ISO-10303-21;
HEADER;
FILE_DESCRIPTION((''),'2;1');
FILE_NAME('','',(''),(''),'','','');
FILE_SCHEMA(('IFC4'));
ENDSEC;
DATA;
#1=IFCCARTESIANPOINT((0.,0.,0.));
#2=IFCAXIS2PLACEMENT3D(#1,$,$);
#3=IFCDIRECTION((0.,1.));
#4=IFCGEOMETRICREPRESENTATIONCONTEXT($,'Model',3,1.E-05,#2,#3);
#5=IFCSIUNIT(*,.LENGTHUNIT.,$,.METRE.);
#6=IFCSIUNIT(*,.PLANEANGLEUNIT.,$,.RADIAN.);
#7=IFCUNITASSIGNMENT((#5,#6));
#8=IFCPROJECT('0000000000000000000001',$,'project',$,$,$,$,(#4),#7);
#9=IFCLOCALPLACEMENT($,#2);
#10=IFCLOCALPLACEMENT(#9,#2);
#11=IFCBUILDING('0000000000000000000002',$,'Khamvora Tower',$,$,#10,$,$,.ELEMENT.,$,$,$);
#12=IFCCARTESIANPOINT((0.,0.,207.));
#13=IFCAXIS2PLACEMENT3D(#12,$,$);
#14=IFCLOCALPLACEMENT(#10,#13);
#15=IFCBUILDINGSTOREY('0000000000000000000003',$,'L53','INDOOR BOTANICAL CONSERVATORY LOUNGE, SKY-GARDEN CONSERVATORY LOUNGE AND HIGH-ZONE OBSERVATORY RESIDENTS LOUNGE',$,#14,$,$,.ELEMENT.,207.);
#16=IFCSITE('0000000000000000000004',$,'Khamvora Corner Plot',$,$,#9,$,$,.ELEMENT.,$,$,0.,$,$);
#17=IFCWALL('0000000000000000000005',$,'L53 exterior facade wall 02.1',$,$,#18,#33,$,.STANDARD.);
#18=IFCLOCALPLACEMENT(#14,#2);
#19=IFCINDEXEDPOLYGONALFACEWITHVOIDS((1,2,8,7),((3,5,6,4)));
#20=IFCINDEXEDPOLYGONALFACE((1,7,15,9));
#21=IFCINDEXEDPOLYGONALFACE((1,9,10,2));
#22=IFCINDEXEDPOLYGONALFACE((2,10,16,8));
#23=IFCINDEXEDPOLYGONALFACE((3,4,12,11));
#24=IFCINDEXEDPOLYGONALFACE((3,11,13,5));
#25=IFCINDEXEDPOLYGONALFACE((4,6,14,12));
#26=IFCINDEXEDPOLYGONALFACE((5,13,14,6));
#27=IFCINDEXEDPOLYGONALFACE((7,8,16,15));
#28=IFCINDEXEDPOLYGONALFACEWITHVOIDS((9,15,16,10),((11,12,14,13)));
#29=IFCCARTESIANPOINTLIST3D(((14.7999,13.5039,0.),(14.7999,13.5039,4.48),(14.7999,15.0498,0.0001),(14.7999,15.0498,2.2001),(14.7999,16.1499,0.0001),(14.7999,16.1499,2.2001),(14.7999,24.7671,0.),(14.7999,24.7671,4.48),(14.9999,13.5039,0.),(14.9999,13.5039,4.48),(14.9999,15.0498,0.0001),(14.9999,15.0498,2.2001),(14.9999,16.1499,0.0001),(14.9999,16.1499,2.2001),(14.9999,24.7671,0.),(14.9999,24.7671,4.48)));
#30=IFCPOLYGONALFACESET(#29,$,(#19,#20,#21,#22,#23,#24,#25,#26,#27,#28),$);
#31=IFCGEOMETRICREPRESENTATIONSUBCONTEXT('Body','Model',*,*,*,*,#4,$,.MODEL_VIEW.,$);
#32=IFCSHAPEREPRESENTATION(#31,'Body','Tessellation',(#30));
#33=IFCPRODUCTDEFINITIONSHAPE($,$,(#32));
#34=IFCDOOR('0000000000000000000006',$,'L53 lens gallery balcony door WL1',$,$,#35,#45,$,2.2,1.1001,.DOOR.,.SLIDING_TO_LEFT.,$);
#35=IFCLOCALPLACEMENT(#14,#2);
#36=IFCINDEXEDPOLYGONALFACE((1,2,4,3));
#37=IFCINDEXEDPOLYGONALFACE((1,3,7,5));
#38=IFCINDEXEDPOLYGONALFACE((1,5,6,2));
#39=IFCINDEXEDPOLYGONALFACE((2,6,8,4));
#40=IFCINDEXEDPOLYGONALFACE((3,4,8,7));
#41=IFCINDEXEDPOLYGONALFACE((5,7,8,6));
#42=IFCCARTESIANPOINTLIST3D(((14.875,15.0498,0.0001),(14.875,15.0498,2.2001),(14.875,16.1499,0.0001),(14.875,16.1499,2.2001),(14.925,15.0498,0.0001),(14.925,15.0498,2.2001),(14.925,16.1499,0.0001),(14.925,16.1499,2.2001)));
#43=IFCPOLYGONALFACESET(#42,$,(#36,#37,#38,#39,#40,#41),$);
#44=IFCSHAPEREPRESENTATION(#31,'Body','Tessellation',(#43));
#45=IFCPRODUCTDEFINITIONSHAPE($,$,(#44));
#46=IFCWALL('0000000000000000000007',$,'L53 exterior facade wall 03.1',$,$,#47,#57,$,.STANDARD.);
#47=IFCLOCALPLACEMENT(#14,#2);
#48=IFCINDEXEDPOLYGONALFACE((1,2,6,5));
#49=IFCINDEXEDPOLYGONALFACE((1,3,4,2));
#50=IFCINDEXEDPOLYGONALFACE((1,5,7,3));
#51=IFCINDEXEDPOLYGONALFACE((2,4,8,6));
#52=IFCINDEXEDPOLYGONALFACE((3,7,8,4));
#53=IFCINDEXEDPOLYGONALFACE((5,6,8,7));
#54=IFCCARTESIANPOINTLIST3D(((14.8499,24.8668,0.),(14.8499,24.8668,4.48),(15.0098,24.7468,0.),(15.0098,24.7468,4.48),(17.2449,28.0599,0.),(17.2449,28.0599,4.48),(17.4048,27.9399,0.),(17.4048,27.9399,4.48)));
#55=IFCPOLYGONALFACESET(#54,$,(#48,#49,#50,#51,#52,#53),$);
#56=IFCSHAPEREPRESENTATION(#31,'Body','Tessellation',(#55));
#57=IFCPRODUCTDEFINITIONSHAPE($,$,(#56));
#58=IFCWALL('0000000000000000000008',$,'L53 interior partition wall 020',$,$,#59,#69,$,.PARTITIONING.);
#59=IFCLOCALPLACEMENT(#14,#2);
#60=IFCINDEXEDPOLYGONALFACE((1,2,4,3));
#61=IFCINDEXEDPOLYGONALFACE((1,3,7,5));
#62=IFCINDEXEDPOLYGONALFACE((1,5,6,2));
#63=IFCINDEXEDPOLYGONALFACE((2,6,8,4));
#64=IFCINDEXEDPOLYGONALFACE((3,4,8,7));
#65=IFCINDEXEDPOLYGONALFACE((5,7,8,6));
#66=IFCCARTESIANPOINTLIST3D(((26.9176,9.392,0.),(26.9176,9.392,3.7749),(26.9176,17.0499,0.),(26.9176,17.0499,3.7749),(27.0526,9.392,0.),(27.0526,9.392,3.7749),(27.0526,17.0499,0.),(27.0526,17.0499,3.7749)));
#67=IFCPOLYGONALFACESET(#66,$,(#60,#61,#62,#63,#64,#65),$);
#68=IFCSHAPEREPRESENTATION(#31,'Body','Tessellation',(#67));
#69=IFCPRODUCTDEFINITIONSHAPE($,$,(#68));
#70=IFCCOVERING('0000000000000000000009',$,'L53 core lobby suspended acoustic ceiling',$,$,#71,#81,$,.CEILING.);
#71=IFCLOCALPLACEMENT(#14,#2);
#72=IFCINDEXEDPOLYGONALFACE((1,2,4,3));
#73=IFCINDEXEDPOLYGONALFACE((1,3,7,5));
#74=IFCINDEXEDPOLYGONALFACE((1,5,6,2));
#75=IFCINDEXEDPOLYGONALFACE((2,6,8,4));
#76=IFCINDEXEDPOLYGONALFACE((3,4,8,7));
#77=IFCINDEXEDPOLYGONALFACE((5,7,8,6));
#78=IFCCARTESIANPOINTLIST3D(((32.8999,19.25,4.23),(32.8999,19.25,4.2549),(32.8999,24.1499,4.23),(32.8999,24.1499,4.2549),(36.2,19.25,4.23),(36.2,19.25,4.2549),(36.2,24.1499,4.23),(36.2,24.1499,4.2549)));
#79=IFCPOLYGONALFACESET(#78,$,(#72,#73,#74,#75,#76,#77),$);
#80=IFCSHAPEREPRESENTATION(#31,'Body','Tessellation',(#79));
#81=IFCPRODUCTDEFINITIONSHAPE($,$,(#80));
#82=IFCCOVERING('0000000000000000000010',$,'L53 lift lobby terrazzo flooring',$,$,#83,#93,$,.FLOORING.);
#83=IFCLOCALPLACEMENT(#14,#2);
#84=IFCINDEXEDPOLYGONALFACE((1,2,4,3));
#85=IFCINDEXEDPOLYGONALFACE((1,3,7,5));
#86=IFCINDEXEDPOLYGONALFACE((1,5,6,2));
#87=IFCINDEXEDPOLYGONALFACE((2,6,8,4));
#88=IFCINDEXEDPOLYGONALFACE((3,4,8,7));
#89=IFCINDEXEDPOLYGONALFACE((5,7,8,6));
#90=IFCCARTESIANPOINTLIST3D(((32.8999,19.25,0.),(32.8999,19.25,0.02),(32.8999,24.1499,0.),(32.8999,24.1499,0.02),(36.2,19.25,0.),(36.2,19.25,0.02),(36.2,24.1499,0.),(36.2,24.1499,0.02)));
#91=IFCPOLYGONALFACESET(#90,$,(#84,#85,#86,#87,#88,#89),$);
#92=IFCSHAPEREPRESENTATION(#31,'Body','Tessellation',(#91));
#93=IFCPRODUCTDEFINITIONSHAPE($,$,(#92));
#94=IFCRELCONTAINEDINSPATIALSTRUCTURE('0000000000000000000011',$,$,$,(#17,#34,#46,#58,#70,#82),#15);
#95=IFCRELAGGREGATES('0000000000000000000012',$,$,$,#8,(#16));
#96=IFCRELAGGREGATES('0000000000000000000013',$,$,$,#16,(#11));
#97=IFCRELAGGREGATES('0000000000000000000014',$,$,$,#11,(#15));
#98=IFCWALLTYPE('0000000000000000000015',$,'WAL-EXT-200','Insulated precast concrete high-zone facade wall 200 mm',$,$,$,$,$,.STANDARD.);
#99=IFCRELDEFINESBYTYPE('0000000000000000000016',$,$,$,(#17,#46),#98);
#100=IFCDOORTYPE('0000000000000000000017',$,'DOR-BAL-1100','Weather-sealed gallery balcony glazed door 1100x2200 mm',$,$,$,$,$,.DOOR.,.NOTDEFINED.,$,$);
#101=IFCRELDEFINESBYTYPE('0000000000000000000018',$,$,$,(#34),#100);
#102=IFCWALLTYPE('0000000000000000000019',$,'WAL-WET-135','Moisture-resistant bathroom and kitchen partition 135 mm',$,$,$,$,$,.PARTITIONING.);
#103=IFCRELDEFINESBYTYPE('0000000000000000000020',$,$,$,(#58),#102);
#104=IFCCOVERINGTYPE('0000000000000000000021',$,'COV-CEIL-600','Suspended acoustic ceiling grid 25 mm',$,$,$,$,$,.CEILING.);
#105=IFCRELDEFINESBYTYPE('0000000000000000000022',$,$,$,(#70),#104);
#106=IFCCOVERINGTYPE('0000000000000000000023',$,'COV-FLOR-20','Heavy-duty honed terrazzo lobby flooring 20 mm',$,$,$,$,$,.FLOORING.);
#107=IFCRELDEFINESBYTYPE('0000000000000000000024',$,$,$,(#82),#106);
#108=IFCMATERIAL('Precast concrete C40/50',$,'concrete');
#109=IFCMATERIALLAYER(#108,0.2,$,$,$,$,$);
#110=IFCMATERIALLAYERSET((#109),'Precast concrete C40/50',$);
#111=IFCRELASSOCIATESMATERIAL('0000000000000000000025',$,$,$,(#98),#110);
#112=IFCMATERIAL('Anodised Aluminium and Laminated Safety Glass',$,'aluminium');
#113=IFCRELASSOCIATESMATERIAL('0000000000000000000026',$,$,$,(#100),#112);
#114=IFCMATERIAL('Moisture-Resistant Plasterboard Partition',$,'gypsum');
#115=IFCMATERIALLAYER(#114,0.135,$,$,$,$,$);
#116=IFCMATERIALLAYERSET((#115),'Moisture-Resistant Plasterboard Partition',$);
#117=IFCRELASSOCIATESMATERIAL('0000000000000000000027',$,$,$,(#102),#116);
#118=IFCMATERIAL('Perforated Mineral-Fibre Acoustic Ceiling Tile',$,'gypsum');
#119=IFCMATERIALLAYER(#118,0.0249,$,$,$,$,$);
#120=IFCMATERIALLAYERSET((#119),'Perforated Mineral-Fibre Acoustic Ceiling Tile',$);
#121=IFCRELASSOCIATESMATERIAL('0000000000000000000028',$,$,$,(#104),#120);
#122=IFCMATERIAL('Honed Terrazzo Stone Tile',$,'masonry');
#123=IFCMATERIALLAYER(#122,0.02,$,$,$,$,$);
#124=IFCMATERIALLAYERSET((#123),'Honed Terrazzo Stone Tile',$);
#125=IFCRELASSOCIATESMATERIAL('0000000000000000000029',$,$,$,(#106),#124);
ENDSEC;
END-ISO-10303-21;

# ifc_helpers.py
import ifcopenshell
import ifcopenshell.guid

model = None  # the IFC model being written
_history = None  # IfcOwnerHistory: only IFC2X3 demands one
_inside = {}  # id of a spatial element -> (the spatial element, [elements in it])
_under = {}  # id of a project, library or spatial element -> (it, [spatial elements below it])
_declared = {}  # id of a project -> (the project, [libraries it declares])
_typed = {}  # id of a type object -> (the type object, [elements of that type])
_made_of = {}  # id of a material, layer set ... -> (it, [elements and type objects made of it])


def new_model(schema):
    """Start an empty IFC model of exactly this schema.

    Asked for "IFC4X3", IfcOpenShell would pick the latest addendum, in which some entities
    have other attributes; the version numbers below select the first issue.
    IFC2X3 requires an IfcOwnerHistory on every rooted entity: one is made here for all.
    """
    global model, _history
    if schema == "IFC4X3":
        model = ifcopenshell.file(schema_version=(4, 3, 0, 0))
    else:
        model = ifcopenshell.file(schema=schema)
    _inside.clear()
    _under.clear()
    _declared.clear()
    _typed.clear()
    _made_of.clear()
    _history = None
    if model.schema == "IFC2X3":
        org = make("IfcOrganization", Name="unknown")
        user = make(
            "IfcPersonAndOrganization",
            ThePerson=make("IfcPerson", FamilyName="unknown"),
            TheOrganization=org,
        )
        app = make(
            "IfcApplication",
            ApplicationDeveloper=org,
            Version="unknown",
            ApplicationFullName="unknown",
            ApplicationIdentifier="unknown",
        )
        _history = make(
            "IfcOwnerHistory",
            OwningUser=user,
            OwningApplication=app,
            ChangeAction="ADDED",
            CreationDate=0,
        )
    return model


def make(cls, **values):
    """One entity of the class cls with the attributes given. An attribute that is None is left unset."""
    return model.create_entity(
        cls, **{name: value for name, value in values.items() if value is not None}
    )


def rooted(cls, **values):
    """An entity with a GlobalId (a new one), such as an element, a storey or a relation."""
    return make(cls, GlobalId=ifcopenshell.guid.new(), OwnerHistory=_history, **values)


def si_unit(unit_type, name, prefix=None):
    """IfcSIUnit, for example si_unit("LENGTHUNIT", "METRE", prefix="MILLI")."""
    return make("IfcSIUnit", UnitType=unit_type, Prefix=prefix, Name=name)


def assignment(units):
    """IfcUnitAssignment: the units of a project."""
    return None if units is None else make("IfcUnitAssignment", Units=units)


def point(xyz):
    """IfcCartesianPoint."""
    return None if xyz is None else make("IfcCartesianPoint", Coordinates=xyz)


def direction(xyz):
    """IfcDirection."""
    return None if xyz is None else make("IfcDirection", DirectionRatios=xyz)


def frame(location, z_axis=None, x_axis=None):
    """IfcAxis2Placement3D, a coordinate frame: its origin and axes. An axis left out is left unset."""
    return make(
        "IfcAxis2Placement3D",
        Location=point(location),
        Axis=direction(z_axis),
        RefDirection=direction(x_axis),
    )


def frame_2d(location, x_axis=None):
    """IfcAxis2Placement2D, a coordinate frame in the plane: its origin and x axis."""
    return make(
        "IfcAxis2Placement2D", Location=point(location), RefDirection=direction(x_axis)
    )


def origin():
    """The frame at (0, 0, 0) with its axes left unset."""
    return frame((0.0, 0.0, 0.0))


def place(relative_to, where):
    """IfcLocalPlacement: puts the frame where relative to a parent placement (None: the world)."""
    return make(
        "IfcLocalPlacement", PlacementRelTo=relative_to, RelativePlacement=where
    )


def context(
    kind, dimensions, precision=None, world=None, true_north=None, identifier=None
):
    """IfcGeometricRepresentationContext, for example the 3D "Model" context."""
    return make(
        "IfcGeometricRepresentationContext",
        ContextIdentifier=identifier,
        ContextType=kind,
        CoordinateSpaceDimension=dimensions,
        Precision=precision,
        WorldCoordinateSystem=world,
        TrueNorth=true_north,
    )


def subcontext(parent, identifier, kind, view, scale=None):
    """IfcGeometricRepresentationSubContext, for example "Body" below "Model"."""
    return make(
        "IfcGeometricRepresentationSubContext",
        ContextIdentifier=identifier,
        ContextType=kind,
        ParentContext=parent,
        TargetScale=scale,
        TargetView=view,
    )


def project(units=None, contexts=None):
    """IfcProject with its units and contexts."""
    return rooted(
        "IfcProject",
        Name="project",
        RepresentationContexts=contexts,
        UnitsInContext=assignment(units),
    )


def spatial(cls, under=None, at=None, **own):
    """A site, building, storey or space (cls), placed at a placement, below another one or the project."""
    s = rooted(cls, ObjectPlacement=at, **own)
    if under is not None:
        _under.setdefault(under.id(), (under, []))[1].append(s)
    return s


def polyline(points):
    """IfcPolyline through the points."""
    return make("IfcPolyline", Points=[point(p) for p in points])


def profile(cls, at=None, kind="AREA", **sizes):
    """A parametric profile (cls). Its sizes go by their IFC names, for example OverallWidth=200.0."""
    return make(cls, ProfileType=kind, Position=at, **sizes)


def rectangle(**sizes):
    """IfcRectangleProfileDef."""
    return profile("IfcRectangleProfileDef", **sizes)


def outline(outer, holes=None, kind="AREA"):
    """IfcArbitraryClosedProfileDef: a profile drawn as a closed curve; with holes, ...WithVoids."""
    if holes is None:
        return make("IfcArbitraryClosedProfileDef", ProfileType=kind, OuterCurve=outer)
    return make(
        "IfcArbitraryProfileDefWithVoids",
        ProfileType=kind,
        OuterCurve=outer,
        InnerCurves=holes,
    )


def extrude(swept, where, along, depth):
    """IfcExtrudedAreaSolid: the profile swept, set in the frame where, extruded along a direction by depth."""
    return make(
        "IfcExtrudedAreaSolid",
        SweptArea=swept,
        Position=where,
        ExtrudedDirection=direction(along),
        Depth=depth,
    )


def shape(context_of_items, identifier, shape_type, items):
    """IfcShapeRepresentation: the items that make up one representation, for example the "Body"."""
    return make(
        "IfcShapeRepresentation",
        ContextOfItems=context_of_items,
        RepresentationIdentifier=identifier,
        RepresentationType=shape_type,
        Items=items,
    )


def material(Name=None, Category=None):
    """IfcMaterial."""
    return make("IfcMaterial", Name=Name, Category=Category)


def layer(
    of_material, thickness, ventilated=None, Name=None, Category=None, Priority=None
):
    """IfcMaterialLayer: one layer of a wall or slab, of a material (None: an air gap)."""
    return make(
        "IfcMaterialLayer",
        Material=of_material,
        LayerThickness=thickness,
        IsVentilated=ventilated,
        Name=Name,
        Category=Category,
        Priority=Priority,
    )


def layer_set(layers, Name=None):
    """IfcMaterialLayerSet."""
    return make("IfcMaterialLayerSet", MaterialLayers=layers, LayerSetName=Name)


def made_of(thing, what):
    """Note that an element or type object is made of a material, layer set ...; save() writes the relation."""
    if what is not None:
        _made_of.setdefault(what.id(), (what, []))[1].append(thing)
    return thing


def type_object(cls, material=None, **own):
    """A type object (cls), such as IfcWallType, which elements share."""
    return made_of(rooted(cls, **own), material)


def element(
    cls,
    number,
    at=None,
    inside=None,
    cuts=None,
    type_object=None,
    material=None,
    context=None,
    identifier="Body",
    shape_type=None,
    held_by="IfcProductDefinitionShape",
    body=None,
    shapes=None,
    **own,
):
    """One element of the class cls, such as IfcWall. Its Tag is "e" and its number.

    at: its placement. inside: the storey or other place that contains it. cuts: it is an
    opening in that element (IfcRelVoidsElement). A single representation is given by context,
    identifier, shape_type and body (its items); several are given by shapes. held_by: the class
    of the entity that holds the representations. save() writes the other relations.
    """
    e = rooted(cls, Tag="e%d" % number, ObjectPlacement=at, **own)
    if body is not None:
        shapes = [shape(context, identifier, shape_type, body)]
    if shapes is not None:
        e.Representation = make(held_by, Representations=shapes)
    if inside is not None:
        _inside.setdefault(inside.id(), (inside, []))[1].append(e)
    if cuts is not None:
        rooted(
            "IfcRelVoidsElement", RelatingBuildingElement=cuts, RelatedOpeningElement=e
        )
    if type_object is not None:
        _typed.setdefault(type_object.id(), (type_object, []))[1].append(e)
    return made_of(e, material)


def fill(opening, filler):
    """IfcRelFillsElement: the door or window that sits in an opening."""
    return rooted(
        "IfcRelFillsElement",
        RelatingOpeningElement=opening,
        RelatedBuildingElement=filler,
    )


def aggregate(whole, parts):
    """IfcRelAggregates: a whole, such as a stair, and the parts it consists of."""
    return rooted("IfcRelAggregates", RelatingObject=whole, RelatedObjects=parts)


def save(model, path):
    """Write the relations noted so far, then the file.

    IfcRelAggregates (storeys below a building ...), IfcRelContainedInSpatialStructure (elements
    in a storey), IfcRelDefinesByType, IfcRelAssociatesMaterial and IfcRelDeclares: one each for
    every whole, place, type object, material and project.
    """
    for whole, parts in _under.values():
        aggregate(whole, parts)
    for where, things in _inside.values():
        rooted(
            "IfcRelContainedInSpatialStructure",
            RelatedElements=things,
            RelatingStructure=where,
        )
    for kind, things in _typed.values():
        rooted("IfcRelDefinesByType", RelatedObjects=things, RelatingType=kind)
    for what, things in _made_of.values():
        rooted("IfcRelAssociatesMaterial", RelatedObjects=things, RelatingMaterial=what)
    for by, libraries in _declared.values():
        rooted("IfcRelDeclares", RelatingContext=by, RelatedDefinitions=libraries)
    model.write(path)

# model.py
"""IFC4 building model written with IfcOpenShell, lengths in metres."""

from ifc_helpers import new_model, si_unit, direction, frame, frame_2d, origin, place, context, subcontext, project, spatial, polyline, rectangle, outline, extrude, material, layer, layer_set, type_object, element, fill, save


model = new_model("IFC4")

# Units and contexts
model_context = context("Model", 3, precision=1e-05, world=origin(), true_north=direction((0.0, 1.0)))
body_context = subcontext(model_context, "Body", "Model", "MODEL_VIEW")
ifc_project = project(units=[si_unit("LENGTHUNIT", "METRE"), si_unit("PLANEANGLEUNIT", "RADIAN")], contexts=[model_context])

# Site, building, storey
site_placement = place(None, origin())
site = spatial("IfcSite", under=ifc_project, at=site_placement, Name="Khamvora Corner Plot", CompositionType="ELEMENT", RefElevation=0.0)
building_placement = place(site_placement, origin())
building = spatial("IfcBuilding", under=site, at=building_placement, Name="Khamvora Tower", CompositionType="ELEMENT")
storey_placement = place(building_placement, frame((0.0, 0.0, 207.0)))
storey = spatial("IfcBuildingStorey", under=building, at=storey_placement, Name="L53", Description="INDOOR BOTANICAL CONSERVATORY LOUNGE, SKY-GARDEN CONSERVATORY LOUNGE AND HIGH-ZONE OBSERVATORY RESIDENTS LOUNGE", CompositionType="ELEMENT", Elevation=207.0)

# Shared definitions
ifc_material_1 = material(Name="Precast concrete C40/50", Category="concrete")
ifc_layer_1 = layer(ifc_material_1, 0.2)
ifc_layer_set_1 = layer_set([ifc_layer_1], Name="Precast concrete C40/50")
wall_type_1 = type_object("IfcWallType", Name="WAL-EXT-200", Description="Insulated precast concrete high-zone facade wall 200 mm", PredefinedType="STANDARD", material=ifc_layer_set_1)

# Wall, opening, door
wall_1_placement = place(storey_placement, frame((14.8999, 13.5039, 0.0), z_axis=(0.0, 0.0, 1.0), x_axis=(0.0, 1.0, 0.0)))
wall_1 = element("IfcWall", 1, at=wall_1_placement, inside=storey, type_object=wall_type_1, Name="L53 exterior facade wall 02.1", PredefinedType="STANDARD", context=body_context, shape_type="SweptSolid", body=[
    extrude(rectangle(XDim=11.2632, YDim=0.2, at=frame_2d((5.6316, 0.0))), origin(), (0.0, 0.0, 1.0), 4.48),
])
opening_1_placement = place(wall_1_placement, frame((1.5459, 0.0, 0.0)))
opening_1 = element("IfcOpeningElement", 2, at=opening_1_placement, cuts=wall_1, PredefinedType="OPENING", context=body_context, shape_type="SweptSolid", body=[
    extrude(rectangle(XDim=1.1001, YDim=2.2, at=frame_2d((0.55, 1.1001))), frame((0.0, 0.1099, 0.0), z_axis=(0.0, -1.0, 0.0), x_axis=(1.0, 0.0, 0.0)), (0.0, 0.0, 1.0), 0.22),
])
ifc_material_2 = material(Name="Anodised Aluminium and Laminated Safety Glass", Category="aluminium")
door_type_1 = type_object("IfcDoorType", Name="DOR-BAL-1100", Description="Weather-sealed gallery balcony glazed door 1100x2200 mm", OperationType="NOTDEFINED", PredefinedType="DOOR", material=ifc_material_2)
door_1_placement = place(opening_1_placement, origin())
door_1 = element("IfcDoor", 3, at=door_1_placement, inside=storey, type_object=door_type_1, Name="L53 lens gallery balcony door WL1", OperationType="SLIDING_TO_LEFT", OverallHeight=2.2, OverallWidth=1.1001, PredefinedType="DOOR", context=body_context, shape_type="SweptSolid", body=[
    extrude(rectangle(XDim=1.1001, YDim=2.2, at=frame_2d((0.55, 1.1001))), frame((0.0, 0.0249, 0.0), z_axis=(0.0, -1.0, 0.0), x_axis=(1.0, 0.0, 0.0)), (0.0, 0.0, 1.0), 0.05),
])
fill(opening_1, door_1)

# Walls
wall_2_placement = place(storey_placement, frame((14.9299, 24.8069, 0.0), z_axis=(0.0, 0.0, 1.0), x_axis=(0.600029, 0.799978, 0.0)))
element("IfcWall", 4, at=wall_2_placement, inside=storey, type_object=wall_type_1, Name="L53 exterior facade wall 03.1", PredefinedType="STANDARD", context=body_context, shape_type="SweptSolid", body=[
    extrude(rectangle(XDim=3.9915, YDim=0.2, at=frame_2d((1.9956, 0.0))), origin(), (0.0, 0.0, 1.0), 4.48),
])
ifc_material_3 = material(Name="Moisture-Resistant Plasterboard Partition", Category="gypsum")
ifc_layer_2 = layer(ifc_material_3, 0.135)
ifc_layer_set_2 = layer_set([ifc_layer_2], Name="Moisture-Resistant Plasterboard Partition")
wall_type_2 = type_object("IfcWallType", Name="WAL-WET-135", Description="Moisture-resistant bathroom and kitchen partition 135 mm", PredefinedType="PARTITIONING", material=ifc_layer_set_2)
wall_3_placement = place(storey_placement, frame((26.9851, 17.05, 0.0), z_axis=(0.0, 0.0, 1.0), x_axis=(0.0, -1.0, 0.0)))
element("IfcWall", 5, at=wall_3_placement, inside=storey, type_object=wall_type_2, Name="L53 interior partition wall 020", PredefinedType="PARTITIONING", context=body_context, shape_type="SweptSolid", body=[
    extrude(rectangle(XDim=7.658, YDim=0.135, at=frame_2d((3.8291, 0.0))), origin(), (0.0, 0.0, 1.0), 3.7749),
])

# Coverings
ifc_material_4 = material(Name="Perforated Mineral-Fibre Acoustic Ceiling Tile", Category="gypsum")
ifc_layer_3 = layer(ifc_material_4, 0.0249)
ifc_layer_set_3 = layer_set([ifc_layer_3], Name="Perforated Mineral-Fibre Acoustic Ceiling Tile")
covering_type_1 = type_object("IfcCoveringType", Name="COV-CEIL-600", Description="Suspended acoustic ceiling grid 25 mm", PredefinedType="CEILING", material=ifc_layer_set_3)
covering_1_placement = place(storey_placement, frame((0.0, 0.0, 4.23)))
element("IfcCovering", 6, at=covering_1_placement, inside=storey, type_object=covering_type_1, Name="L53 core lobby suspended acoustic ceiling", PredefinedType="CEILING", context=body_context, shape_type="SweptSolid", body=[
    extrude(outline(polyline([(32.8999, 19.25), (36.2, 19.25), (36.2, 24.1499), (32.8999, 24.1499), (32.8999, 19.25)])), origin(), (0.0, 0.0, 1.0), 0.0249),
])
ifc_material_5 = material(Name="Honed Terrazzo Stone Tile", Category="masonry")
ifc_layer_4 = layer(ifc_material_5, 0.02)
ifc_layer_set_4 = layer_set([ifc_layer_4], Name="Honed Terrazzo Stone Tile")
covering_type_2 = type_object("IfcCoveringType", Name="COV-FLOR-20", Description="Heavy-duty honed terrazzo lobby flooring 20 mm", PredefinedType="FLOORING", material=ifc_layer_set_4)
covering_2_placement = place(storey_placement, origin())
element("IfcCovering", 7, at=covering_2_placement, inside=storey, type_object=covering_type_2, Name="L53 lift lobby terrazzo flooring", PredefinedType="FLOORING", context=body_context, shape_type="SweptSolid", body=[
    extrude(outline(polyline([(32.8999, 19.25), (36.2, 19.25), (36.2, 24.1499), (32.8999, 24.1499), (32.8999, 19.25)])), origin(), (0.0, 0.0, 1.0), 0.02),
])

save(model, "model.ifc")
